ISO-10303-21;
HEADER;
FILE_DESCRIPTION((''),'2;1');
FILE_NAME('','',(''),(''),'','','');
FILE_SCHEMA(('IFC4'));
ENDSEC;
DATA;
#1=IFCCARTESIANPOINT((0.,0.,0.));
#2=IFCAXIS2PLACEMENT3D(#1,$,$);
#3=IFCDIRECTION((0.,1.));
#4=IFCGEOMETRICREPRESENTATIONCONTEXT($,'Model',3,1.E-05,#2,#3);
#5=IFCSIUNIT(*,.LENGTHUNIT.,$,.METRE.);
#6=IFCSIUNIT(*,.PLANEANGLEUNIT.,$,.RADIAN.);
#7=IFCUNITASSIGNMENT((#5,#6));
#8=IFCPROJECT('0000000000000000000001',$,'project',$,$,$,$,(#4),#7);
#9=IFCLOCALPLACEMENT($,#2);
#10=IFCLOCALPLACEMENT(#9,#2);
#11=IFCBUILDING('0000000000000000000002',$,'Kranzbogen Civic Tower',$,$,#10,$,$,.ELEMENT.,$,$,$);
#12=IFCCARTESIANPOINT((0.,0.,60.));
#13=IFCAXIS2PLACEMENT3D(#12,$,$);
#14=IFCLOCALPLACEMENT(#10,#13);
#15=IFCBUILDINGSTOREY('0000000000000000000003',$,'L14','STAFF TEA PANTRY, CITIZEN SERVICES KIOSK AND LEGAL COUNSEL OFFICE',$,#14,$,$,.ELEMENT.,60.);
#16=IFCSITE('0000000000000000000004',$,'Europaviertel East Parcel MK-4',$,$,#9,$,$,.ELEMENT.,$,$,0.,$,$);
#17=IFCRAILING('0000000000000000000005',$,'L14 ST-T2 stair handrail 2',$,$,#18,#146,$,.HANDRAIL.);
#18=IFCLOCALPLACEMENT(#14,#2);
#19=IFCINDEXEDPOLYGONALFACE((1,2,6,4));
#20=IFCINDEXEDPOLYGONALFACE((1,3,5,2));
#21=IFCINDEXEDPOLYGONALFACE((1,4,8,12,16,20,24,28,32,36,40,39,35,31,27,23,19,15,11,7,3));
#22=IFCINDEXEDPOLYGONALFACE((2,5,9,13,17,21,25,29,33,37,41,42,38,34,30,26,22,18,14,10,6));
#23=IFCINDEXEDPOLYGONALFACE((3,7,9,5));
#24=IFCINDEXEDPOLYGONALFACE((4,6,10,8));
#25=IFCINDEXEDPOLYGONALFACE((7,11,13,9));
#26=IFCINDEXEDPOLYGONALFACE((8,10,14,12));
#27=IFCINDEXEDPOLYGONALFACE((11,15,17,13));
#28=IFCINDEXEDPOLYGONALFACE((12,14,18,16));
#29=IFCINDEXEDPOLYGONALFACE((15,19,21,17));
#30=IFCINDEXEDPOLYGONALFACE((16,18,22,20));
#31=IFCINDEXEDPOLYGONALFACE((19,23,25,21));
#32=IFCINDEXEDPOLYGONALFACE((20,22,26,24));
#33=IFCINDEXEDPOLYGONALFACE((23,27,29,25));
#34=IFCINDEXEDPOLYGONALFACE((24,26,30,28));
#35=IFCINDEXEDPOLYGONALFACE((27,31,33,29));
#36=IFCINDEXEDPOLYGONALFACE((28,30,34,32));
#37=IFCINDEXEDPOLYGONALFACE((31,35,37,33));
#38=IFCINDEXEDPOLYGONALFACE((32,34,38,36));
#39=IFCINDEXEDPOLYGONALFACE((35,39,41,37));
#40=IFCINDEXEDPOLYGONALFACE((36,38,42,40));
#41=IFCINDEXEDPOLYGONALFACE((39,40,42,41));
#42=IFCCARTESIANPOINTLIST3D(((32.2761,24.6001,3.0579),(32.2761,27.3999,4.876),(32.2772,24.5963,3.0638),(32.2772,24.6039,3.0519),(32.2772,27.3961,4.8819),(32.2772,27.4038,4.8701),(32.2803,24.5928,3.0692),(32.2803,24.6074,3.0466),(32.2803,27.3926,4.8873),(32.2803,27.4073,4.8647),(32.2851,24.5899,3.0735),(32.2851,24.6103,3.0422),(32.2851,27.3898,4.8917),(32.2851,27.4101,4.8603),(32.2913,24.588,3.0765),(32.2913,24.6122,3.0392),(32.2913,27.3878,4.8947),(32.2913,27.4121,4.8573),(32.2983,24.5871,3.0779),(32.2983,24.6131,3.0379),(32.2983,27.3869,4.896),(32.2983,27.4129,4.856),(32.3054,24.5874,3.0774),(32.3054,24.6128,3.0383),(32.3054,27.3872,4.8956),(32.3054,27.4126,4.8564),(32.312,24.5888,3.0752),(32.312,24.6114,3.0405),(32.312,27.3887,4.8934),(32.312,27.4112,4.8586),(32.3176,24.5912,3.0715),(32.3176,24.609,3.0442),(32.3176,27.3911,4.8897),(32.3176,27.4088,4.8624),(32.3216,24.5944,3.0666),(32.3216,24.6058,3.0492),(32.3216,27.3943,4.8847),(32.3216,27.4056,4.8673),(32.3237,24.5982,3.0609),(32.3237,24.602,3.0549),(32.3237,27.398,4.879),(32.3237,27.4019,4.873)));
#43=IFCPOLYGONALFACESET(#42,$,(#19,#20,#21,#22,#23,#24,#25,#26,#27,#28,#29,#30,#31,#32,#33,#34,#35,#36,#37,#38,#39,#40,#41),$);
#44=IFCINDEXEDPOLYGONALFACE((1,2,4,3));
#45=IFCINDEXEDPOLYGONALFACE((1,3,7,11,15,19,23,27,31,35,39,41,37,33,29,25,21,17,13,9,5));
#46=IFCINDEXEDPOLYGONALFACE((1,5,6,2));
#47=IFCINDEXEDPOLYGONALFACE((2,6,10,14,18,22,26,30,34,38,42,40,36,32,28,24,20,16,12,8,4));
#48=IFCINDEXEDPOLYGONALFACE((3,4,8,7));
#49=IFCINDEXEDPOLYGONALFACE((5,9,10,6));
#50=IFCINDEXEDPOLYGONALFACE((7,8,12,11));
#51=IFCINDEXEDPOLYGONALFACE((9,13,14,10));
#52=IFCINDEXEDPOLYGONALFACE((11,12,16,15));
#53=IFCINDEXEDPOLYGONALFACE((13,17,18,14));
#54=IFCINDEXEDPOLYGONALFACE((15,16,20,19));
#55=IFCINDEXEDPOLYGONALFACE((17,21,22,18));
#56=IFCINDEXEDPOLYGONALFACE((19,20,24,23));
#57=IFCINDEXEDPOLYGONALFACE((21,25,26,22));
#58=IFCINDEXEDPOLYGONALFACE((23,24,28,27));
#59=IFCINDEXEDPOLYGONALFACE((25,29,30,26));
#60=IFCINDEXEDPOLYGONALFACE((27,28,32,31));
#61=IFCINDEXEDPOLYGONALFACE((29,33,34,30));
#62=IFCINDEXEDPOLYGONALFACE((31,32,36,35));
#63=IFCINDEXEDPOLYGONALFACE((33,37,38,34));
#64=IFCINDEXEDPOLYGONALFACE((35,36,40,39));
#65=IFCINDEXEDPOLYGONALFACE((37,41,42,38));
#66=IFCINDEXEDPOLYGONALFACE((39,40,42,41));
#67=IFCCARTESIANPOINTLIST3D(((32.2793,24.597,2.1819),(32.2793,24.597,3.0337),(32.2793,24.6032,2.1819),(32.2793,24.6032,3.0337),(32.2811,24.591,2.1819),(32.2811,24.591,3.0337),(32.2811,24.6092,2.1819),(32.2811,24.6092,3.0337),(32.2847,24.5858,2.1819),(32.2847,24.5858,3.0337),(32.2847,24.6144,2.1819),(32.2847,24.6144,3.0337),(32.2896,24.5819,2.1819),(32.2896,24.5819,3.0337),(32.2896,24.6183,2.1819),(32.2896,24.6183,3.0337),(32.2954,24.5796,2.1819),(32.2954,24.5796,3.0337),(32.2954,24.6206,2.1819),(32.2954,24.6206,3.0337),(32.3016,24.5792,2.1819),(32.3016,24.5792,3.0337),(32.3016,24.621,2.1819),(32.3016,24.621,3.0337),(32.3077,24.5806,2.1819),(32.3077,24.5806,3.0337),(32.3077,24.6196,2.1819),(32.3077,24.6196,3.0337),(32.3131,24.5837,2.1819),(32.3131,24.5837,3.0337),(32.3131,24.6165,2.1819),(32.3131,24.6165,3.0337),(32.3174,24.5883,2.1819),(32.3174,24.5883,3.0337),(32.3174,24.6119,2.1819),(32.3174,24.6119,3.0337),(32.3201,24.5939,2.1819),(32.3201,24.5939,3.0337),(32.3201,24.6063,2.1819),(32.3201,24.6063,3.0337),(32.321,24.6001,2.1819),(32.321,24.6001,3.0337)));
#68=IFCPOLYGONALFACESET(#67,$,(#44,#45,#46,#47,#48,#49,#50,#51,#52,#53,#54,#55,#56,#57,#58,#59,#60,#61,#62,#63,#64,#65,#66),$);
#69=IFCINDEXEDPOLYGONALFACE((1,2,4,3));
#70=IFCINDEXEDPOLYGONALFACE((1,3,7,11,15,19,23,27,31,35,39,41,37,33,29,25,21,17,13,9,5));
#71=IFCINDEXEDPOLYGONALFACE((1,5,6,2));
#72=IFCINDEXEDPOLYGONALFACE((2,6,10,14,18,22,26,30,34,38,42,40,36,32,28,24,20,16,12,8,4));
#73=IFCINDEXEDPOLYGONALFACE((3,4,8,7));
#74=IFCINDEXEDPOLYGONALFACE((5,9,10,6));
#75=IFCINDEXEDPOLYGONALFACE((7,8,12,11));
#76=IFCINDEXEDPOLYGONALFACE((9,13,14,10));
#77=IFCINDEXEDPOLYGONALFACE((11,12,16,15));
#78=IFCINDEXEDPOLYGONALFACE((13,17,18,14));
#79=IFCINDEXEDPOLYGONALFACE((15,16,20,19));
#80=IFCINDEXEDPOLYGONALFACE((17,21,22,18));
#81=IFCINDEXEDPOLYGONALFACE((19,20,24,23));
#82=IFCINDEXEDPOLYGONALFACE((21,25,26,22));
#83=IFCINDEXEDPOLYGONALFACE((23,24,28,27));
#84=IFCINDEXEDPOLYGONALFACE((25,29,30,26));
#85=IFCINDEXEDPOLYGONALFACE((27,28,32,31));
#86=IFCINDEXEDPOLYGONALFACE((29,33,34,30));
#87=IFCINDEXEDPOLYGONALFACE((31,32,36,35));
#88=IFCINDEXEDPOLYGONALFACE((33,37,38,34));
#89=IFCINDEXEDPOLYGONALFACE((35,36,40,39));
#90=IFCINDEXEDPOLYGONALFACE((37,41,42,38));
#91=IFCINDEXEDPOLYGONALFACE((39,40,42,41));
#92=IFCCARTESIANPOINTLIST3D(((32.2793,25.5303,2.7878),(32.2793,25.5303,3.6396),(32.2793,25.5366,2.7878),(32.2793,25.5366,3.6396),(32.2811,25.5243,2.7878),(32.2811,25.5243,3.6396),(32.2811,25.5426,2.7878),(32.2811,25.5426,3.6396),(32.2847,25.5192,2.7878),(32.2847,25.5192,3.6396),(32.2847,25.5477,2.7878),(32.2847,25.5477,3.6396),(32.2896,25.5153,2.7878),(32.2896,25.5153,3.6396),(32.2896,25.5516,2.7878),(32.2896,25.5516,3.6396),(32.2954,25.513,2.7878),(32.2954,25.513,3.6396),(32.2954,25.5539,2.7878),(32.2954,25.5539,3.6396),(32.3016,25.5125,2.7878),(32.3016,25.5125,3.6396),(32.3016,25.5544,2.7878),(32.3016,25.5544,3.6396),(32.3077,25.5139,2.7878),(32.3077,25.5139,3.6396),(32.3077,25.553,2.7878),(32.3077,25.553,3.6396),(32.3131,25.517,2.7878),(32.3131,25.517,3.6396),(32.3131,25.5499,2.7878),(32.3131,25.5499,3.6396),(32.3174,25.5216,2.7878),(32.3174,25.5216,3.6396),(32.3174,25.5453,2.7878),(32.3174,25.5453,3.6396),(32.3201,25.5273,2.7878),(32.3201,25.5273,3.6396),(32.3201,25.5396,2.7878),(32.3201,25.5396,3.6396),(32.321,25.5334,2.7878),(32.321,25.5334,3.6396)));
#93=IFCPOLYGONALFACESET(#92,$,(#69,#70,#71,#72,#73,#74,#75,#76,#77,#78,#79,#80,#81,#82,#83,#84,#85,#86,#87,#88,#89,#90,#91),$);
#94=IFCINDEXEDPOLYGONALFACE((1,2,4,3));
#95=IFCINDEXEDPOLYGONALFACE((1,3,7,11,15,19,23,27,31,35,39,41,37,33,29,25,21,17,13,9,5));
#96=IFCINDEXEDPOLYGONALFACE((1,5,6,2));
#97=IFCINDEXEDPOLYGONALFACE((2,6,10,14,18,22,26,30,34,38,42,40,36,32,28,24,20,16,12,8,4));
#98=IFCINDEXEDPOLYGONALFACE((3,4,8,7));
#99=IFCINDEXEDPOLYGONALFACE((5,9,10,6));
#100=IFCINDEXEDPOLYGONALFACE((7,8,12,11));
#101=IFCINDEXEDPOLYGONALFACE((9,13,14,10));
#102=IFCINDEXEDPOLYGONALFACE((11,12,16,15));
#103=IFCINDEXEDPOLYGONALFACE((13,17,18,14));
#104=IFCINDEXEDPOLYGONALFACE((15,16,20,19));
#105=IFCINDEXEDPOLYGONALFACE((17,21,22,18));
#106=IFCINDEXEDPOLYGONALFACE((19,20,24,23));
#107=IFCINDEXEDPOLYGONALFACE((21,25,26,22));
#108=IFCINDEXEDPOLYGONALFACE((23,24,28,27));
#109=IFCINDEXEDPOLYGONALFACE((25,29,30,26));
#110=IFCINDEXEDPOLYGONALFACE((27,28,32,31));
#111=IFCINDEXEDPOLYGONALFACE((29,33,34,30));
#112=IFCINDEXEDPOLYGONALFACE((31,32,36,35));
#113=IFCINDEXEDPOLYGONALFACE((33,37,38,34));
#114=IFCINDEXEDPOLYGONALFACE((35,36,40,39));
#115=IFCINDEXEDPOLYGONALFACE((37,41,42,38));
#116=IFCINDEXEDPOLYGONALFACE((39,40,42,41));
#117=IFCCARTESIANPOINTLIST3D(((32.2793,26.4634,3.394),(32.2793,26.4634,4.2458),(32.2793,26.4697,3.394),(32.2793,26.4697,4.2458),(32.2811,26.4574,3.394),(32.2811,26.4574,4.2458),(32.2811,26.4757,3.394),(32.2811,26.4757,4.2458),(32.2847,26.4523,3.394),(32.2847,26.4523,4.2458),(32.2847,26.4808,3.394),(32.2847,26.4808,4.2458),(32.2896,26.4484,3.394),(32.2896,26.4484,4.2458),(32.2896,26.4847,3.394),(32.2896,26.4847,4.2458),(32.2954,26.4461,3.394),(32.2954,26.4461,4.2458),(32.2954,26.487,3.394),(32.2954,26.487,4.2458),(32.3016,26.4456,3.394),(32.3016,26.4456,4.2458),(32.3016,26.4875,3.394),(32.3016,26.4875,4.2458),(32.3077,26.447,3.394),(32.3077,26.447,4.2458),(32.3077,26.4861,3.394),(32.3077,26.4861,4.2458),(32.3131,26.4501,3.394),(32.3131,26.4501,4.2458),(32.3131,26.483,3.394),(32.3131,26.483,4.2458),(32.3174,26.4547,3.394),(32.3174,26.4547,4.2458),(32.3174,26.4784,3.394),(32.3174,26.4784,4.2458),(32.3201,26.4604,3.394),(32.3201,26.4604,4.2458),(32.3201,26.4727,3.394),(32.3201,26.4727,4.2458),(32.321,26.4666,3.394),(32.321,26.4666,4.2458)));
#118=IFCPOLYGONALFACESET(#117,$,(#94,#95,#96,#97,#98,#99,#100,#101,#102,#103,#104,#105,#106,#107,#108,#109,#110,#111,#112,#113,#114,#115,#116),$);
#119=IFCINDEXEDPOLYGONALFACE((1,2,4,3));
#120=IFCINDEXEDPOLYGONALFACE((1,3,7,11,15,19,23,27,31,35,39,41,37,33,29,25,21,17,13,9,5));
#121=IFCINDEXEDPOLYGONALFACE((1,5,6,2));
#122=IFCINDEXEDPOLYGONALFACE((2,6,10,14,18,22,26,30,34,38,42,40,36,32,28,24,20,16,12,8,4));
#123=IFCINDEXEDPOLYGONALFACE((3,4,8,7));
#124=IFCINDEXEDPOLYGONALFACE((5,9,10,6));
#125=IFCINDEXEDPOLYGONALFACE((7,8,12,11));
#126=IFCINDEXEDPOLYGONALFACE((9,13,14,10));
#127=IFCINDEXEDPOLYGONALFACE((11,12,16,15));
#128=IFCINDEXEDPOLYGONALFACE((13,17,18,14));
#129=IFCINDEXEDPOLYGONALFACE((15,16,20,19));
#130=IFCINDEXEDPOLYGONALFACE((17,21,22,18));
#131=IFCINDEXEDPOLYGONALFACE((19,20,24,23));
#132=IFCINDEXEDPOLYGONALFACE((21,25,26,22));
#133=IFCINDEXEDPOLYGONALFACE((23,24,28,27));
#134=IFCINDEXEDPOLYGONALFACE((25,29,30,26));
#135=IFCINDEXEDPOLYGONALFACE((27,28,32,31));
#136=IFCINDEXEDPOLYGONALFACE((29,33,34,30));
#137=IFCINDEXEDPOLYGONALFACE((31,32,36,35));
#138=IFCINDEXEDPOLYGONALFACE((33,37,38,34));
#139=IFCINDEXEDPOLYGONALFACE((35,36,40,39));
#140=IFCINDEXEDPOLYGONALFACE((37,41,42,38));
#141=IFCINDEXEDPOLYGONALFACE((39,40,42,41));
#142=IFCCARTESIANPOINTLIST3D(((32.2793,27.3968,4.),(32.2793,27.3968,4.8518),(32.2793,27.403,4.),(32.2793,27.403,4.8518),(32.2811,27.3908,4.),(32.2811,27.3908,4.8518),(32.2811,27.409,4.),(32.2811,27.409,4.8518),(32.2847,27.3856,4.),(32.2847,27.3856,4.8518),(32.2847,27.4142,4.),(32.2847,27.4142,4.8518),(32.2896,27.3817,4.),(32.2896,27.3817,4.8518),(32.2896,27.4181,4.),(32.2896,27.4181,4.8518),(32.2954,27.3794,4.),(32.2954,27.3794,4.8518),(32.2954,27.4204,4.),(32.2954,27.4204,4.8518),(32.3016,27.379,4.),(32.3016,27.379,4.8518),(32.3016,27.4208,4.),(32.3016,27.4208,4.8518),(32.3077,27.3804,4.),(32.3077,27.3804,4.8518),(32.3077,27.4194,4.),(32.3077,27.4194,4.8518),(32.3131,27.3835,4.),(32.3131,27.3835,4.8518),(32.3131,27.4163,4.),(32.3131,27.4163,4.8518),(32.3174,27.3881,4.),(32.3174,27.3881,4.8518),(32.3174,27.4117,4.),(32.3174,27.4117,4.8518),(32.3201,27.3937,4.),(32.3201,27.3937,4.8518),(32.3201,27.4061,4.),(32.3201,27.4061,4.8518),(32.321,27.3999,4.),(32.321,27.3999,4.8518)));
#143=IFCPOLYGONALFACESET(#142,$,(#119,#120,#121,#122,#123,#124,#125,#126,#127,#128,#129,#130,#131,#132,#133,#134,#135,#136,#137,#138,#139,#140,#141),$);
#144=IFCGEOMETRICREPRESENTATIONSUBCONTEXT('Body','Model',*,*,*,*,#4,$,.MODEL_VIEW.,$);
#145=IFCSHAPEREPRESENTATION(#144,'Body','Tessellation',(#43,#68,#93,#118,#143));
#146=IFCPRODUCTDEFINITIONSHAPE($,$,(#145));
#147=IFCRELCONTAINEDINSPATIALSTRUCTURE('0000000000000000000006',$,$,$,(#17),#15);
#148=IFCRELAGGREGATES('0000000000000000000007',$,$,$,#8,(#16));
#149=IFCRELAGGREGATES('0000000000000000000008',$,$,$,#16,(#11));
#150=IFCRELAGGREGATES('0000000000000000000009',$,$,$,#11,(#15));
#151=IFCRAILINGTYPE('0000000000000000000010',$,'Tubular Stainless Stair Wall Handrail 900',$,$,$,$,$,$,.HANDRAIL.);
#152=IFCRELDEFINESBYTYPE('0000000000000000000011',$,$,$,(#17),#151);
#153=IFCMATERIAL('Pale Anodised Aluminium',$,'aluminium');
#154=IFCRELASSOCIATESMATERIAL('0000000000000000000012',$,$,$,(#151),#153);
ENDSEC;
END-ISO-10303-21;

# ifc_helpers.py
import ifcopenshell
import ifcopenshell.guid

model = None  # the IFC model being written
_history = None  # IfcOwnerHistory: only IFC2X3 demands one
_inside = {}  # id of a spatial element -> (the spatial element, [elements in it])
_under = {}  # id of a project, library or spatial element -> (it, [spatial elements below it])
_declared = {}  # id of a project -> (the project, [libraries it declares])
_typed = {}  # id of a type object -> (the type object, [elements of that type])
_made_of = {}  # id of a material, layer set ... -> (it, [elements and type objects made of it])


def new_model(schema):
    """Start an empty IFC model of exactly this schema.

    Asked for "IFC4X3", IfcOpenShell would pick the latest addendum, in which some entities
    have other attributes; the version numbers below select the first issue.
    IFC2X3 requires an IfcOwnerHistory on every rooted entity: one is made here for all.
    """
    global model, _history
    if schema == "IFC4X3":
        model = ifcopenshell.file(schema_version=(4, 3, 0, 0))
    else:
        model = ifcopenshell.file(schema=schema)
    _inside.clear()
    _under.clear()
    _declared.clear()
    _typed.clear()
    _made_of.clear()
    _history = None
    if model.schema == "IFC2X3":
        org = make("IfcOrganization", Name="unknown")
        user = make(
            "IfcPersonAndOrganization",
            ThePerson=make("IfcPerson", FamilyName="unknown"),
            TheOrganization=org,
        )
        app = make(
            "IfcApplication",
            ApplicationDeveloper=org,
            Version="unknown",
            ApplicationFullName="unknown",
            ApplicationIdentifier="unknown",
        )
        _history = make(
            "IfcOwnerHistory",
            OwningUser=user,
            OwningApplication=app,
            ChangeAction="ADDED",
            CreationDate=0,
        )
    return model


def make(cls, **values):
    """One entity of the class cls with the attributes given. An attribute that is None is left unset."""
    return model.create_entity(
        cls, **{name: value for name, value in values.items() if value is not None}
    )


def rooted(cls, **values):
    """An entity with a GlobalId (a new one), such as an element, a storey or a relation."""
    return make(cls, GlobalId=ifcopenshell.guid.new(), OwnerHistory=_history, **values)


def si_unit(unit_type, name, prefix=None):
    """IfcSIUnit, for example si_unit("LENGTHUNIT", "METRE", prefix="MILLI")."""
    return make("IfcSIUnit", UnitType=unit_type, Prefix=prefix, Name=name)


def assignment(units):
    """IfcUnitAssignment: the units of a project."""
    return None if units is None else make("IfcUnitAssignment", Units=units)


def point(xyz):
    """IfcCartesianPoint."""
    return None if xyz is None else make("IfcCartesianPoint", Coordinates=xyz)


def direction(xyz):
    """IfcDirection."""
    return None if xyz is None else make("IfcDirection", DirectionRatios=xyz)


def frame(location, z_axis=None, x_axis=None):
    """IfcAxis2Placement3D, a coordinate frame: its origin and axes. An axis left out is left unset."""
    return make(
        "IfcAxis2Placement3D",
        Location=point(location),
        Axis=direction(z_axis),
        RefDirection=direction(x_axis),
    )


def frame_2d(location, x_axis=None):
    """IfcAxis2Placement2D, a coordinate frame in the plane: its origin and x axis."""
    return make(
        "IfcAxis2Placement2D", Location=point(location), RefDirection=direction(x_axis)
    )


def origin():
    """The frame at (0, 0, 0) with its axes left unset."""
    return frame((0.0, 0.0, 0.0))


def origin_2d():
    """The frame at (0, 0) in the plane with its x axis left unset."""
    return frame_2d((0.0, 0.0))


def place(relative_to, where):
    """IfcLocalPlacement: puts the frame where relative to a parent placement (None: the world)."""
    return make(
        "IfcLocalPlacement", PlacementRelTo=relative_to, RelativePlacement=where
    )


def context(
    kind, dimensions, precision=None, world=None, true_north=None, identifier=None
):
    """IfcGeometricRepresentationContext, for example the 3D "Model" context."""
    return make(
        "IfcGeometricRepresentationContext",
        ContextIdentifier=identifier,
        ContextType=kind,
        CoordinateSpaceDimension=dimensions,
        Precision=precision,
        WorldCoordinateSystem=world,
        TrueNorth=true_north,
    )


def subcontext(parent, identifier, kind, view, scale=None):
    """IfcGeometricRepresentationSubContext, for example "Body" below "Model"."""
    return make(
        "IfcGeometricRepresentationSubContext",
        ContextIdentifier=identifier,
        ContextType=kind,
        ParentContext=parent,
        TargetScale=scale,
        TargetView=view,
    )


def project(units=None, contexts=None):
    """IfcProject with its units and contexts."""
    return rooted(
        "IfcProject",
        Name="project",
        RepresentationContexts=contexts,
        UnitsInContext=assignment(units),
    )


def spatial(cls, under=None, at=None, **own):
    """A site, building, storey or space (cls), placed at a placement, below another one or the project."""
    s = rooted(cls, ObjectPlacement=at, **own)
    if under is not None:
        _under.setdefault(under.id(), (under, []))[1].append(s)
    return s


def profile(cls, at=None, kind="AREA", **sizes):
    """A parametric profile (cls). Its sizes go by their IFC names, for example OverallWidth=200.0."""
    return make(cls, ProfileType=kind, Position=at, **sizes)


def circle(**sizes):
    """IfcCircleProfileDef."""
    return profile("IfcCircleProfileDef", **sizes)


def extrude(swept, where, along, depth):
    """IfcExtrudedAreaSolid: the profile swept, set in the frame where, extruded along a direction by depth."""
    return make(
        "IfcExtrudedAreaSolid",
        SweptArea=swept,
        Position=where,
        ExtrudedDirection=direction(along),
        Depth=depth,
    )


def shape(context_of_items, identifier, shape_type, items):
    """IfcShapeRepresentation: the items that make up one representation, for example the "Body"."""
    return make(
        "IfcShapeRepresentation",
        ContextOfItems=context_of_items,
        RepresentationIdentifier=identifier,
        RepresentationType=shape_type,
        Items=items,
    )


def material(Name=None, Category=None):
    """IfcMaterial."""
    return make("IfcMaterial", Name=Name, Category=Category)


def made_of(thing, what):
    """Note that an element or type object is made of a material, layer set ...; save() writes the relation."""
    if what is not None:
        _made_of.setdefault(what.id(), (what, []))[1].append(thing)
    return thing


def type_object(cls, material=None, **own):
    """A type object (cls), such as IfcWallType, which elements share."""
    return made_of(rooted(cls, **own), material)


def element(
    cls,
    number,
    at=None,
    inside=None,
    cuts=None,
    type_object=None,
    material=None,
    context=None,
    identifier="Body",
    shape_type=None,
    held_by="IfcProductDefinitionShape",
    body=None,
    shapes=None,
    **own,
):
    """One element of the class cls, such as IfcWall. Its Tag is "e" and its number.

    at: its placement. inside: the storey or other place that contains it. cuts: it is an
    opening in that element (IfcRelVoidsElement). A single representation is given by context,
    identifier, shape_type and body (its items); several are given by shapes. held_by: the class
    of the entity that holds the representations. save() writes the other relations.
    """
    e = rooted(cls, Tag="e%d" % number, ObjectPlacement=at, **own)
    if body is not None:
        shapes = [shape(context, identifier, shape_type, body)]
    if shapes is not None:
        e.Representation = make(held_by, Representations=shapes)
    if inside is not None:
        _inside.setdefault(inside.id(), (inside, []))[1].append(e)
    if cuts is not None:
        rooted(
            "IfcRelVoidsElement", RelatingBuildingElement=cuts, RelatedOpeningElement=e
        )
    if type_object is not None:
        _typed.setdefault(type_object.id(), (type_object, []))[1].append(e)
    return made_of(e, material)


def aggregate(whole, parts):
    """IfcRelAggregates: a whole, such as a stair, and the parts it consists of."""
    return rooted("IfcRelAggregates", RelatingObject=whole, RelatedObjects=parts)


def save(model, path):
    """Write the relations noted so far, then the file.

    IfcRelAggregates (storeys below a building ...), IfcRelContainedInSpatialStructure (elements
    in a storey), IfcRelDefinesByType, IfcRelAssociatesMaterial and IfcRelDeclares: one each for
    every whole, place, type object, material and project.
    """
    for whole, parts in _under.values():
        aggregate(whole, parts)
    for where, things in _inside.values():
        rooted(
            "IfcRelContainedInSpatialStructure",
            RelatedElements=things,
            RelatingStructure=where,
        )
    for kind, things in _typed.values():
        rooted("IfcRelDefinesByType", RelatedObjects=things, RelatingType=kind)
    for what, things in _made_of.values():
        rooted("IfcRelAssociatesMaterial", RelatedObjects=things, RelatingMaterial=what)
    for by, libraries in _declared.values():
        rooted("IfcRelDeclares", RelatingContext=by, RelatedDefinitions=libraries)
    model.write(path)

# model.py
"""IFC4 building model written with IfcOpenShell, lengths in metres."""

from ifc_helpers import new_model, si_unit, direction, frame, origin, origin_2d, place, context, subcontext, project, spatial, circle, extrude, material, type_object, element, save


model = new_model("IFC4")

# Units and contexts
model_context = context("Model", 3, precision=1e-05, world=origin(), true_north=direction((0.0, 1.0)))
body_context = subcontext(model_context, "Body", "Model", "MODEL_VIEW")
ifc_project = project(units=[si_unit("LENGTHUNIT", "METRE"), si_unit("PLANEANGLEUNIT", "RADIAN")], contexts=[model_context])

# Site, building, storey
site_placement = place(None, origin())
site = spatial("IfcSite", under=ifc_project, at=site_placement, Name="Europaviertel East Parcel MK-4", CompositionType="ELEMENT", RefElevation=0.0)
building_placement = place(site_placement, origin())
building = spatial("IfcBuilding", under=site, at=building_placement, Name="Kranzbogen Civic Tower", CompositionType="ELEMENT")
storey_placement = place(building_placement, frame((0.0, 0.0, 60.0)))
storey = spatial("IfcBuildingStorey", under=building, at=storey_placement, Name="L14", Description="STAFF TEA PANTRY, CITIZEN SERVICES KIOSK AND LEGAL COUNSEL OFFICE", CompositionType="ELEMENT", Elevation=60.0)

# Shared definitions
ifc_material_1 = material(Name="Pale Anodised Aluminium", Category="aluminium")

# Railing
railing_type = type_object("IfcRailingType", Name="Tubular Stainless Stair Wall Handrail 900", PredefinedType="HANDRAIL", material=ifc_material_1)
railing_placement = place(storey_placement, frame((32.3, 24.6001, 2.1819)))
element("IfcRailing", 1, at=railing_placement, inside=storey, type_object=railing_type, Name="L14 ST-T2 stair handrail 2", PredefinedType="HANDRAIL", context=body_context, shape_type="SweptSolid", body=[
    extrude(circle(Radius=0.0239, at=origin_2d()), frame((0.0, 0.0, 0.876), z_axis=(0.0, 0.838684, 0.544618), x_axis=(-1.0, 0.0, 0.0)), (0.0, 0.0, 1.0), 3.3384),
    extrude(circle(Radius=0.021, at=origin_2d()), origin(), (0.0, 0.0, 1.0), 0.8518),
    extrude(circle(Radius=0.021, at=origin_2d()), frame((0.0, 0.9333, 0.606)), (0.0, 0.0, 1.0), 0.8518),
    extrude(circle(Radius=0.021, at=origin_2d()), frame((0.0, 1.8665, 1.2122)), (0.0, 0.0, 1.0), 0.8518),
    extrude(circle(Radius=0.021, at=origin_2d()), frame((0.0, 2.7998, 1.8181)), (0.0, 0.0, 1.0), 0.8518),
])

save(model, "model.ifc")
